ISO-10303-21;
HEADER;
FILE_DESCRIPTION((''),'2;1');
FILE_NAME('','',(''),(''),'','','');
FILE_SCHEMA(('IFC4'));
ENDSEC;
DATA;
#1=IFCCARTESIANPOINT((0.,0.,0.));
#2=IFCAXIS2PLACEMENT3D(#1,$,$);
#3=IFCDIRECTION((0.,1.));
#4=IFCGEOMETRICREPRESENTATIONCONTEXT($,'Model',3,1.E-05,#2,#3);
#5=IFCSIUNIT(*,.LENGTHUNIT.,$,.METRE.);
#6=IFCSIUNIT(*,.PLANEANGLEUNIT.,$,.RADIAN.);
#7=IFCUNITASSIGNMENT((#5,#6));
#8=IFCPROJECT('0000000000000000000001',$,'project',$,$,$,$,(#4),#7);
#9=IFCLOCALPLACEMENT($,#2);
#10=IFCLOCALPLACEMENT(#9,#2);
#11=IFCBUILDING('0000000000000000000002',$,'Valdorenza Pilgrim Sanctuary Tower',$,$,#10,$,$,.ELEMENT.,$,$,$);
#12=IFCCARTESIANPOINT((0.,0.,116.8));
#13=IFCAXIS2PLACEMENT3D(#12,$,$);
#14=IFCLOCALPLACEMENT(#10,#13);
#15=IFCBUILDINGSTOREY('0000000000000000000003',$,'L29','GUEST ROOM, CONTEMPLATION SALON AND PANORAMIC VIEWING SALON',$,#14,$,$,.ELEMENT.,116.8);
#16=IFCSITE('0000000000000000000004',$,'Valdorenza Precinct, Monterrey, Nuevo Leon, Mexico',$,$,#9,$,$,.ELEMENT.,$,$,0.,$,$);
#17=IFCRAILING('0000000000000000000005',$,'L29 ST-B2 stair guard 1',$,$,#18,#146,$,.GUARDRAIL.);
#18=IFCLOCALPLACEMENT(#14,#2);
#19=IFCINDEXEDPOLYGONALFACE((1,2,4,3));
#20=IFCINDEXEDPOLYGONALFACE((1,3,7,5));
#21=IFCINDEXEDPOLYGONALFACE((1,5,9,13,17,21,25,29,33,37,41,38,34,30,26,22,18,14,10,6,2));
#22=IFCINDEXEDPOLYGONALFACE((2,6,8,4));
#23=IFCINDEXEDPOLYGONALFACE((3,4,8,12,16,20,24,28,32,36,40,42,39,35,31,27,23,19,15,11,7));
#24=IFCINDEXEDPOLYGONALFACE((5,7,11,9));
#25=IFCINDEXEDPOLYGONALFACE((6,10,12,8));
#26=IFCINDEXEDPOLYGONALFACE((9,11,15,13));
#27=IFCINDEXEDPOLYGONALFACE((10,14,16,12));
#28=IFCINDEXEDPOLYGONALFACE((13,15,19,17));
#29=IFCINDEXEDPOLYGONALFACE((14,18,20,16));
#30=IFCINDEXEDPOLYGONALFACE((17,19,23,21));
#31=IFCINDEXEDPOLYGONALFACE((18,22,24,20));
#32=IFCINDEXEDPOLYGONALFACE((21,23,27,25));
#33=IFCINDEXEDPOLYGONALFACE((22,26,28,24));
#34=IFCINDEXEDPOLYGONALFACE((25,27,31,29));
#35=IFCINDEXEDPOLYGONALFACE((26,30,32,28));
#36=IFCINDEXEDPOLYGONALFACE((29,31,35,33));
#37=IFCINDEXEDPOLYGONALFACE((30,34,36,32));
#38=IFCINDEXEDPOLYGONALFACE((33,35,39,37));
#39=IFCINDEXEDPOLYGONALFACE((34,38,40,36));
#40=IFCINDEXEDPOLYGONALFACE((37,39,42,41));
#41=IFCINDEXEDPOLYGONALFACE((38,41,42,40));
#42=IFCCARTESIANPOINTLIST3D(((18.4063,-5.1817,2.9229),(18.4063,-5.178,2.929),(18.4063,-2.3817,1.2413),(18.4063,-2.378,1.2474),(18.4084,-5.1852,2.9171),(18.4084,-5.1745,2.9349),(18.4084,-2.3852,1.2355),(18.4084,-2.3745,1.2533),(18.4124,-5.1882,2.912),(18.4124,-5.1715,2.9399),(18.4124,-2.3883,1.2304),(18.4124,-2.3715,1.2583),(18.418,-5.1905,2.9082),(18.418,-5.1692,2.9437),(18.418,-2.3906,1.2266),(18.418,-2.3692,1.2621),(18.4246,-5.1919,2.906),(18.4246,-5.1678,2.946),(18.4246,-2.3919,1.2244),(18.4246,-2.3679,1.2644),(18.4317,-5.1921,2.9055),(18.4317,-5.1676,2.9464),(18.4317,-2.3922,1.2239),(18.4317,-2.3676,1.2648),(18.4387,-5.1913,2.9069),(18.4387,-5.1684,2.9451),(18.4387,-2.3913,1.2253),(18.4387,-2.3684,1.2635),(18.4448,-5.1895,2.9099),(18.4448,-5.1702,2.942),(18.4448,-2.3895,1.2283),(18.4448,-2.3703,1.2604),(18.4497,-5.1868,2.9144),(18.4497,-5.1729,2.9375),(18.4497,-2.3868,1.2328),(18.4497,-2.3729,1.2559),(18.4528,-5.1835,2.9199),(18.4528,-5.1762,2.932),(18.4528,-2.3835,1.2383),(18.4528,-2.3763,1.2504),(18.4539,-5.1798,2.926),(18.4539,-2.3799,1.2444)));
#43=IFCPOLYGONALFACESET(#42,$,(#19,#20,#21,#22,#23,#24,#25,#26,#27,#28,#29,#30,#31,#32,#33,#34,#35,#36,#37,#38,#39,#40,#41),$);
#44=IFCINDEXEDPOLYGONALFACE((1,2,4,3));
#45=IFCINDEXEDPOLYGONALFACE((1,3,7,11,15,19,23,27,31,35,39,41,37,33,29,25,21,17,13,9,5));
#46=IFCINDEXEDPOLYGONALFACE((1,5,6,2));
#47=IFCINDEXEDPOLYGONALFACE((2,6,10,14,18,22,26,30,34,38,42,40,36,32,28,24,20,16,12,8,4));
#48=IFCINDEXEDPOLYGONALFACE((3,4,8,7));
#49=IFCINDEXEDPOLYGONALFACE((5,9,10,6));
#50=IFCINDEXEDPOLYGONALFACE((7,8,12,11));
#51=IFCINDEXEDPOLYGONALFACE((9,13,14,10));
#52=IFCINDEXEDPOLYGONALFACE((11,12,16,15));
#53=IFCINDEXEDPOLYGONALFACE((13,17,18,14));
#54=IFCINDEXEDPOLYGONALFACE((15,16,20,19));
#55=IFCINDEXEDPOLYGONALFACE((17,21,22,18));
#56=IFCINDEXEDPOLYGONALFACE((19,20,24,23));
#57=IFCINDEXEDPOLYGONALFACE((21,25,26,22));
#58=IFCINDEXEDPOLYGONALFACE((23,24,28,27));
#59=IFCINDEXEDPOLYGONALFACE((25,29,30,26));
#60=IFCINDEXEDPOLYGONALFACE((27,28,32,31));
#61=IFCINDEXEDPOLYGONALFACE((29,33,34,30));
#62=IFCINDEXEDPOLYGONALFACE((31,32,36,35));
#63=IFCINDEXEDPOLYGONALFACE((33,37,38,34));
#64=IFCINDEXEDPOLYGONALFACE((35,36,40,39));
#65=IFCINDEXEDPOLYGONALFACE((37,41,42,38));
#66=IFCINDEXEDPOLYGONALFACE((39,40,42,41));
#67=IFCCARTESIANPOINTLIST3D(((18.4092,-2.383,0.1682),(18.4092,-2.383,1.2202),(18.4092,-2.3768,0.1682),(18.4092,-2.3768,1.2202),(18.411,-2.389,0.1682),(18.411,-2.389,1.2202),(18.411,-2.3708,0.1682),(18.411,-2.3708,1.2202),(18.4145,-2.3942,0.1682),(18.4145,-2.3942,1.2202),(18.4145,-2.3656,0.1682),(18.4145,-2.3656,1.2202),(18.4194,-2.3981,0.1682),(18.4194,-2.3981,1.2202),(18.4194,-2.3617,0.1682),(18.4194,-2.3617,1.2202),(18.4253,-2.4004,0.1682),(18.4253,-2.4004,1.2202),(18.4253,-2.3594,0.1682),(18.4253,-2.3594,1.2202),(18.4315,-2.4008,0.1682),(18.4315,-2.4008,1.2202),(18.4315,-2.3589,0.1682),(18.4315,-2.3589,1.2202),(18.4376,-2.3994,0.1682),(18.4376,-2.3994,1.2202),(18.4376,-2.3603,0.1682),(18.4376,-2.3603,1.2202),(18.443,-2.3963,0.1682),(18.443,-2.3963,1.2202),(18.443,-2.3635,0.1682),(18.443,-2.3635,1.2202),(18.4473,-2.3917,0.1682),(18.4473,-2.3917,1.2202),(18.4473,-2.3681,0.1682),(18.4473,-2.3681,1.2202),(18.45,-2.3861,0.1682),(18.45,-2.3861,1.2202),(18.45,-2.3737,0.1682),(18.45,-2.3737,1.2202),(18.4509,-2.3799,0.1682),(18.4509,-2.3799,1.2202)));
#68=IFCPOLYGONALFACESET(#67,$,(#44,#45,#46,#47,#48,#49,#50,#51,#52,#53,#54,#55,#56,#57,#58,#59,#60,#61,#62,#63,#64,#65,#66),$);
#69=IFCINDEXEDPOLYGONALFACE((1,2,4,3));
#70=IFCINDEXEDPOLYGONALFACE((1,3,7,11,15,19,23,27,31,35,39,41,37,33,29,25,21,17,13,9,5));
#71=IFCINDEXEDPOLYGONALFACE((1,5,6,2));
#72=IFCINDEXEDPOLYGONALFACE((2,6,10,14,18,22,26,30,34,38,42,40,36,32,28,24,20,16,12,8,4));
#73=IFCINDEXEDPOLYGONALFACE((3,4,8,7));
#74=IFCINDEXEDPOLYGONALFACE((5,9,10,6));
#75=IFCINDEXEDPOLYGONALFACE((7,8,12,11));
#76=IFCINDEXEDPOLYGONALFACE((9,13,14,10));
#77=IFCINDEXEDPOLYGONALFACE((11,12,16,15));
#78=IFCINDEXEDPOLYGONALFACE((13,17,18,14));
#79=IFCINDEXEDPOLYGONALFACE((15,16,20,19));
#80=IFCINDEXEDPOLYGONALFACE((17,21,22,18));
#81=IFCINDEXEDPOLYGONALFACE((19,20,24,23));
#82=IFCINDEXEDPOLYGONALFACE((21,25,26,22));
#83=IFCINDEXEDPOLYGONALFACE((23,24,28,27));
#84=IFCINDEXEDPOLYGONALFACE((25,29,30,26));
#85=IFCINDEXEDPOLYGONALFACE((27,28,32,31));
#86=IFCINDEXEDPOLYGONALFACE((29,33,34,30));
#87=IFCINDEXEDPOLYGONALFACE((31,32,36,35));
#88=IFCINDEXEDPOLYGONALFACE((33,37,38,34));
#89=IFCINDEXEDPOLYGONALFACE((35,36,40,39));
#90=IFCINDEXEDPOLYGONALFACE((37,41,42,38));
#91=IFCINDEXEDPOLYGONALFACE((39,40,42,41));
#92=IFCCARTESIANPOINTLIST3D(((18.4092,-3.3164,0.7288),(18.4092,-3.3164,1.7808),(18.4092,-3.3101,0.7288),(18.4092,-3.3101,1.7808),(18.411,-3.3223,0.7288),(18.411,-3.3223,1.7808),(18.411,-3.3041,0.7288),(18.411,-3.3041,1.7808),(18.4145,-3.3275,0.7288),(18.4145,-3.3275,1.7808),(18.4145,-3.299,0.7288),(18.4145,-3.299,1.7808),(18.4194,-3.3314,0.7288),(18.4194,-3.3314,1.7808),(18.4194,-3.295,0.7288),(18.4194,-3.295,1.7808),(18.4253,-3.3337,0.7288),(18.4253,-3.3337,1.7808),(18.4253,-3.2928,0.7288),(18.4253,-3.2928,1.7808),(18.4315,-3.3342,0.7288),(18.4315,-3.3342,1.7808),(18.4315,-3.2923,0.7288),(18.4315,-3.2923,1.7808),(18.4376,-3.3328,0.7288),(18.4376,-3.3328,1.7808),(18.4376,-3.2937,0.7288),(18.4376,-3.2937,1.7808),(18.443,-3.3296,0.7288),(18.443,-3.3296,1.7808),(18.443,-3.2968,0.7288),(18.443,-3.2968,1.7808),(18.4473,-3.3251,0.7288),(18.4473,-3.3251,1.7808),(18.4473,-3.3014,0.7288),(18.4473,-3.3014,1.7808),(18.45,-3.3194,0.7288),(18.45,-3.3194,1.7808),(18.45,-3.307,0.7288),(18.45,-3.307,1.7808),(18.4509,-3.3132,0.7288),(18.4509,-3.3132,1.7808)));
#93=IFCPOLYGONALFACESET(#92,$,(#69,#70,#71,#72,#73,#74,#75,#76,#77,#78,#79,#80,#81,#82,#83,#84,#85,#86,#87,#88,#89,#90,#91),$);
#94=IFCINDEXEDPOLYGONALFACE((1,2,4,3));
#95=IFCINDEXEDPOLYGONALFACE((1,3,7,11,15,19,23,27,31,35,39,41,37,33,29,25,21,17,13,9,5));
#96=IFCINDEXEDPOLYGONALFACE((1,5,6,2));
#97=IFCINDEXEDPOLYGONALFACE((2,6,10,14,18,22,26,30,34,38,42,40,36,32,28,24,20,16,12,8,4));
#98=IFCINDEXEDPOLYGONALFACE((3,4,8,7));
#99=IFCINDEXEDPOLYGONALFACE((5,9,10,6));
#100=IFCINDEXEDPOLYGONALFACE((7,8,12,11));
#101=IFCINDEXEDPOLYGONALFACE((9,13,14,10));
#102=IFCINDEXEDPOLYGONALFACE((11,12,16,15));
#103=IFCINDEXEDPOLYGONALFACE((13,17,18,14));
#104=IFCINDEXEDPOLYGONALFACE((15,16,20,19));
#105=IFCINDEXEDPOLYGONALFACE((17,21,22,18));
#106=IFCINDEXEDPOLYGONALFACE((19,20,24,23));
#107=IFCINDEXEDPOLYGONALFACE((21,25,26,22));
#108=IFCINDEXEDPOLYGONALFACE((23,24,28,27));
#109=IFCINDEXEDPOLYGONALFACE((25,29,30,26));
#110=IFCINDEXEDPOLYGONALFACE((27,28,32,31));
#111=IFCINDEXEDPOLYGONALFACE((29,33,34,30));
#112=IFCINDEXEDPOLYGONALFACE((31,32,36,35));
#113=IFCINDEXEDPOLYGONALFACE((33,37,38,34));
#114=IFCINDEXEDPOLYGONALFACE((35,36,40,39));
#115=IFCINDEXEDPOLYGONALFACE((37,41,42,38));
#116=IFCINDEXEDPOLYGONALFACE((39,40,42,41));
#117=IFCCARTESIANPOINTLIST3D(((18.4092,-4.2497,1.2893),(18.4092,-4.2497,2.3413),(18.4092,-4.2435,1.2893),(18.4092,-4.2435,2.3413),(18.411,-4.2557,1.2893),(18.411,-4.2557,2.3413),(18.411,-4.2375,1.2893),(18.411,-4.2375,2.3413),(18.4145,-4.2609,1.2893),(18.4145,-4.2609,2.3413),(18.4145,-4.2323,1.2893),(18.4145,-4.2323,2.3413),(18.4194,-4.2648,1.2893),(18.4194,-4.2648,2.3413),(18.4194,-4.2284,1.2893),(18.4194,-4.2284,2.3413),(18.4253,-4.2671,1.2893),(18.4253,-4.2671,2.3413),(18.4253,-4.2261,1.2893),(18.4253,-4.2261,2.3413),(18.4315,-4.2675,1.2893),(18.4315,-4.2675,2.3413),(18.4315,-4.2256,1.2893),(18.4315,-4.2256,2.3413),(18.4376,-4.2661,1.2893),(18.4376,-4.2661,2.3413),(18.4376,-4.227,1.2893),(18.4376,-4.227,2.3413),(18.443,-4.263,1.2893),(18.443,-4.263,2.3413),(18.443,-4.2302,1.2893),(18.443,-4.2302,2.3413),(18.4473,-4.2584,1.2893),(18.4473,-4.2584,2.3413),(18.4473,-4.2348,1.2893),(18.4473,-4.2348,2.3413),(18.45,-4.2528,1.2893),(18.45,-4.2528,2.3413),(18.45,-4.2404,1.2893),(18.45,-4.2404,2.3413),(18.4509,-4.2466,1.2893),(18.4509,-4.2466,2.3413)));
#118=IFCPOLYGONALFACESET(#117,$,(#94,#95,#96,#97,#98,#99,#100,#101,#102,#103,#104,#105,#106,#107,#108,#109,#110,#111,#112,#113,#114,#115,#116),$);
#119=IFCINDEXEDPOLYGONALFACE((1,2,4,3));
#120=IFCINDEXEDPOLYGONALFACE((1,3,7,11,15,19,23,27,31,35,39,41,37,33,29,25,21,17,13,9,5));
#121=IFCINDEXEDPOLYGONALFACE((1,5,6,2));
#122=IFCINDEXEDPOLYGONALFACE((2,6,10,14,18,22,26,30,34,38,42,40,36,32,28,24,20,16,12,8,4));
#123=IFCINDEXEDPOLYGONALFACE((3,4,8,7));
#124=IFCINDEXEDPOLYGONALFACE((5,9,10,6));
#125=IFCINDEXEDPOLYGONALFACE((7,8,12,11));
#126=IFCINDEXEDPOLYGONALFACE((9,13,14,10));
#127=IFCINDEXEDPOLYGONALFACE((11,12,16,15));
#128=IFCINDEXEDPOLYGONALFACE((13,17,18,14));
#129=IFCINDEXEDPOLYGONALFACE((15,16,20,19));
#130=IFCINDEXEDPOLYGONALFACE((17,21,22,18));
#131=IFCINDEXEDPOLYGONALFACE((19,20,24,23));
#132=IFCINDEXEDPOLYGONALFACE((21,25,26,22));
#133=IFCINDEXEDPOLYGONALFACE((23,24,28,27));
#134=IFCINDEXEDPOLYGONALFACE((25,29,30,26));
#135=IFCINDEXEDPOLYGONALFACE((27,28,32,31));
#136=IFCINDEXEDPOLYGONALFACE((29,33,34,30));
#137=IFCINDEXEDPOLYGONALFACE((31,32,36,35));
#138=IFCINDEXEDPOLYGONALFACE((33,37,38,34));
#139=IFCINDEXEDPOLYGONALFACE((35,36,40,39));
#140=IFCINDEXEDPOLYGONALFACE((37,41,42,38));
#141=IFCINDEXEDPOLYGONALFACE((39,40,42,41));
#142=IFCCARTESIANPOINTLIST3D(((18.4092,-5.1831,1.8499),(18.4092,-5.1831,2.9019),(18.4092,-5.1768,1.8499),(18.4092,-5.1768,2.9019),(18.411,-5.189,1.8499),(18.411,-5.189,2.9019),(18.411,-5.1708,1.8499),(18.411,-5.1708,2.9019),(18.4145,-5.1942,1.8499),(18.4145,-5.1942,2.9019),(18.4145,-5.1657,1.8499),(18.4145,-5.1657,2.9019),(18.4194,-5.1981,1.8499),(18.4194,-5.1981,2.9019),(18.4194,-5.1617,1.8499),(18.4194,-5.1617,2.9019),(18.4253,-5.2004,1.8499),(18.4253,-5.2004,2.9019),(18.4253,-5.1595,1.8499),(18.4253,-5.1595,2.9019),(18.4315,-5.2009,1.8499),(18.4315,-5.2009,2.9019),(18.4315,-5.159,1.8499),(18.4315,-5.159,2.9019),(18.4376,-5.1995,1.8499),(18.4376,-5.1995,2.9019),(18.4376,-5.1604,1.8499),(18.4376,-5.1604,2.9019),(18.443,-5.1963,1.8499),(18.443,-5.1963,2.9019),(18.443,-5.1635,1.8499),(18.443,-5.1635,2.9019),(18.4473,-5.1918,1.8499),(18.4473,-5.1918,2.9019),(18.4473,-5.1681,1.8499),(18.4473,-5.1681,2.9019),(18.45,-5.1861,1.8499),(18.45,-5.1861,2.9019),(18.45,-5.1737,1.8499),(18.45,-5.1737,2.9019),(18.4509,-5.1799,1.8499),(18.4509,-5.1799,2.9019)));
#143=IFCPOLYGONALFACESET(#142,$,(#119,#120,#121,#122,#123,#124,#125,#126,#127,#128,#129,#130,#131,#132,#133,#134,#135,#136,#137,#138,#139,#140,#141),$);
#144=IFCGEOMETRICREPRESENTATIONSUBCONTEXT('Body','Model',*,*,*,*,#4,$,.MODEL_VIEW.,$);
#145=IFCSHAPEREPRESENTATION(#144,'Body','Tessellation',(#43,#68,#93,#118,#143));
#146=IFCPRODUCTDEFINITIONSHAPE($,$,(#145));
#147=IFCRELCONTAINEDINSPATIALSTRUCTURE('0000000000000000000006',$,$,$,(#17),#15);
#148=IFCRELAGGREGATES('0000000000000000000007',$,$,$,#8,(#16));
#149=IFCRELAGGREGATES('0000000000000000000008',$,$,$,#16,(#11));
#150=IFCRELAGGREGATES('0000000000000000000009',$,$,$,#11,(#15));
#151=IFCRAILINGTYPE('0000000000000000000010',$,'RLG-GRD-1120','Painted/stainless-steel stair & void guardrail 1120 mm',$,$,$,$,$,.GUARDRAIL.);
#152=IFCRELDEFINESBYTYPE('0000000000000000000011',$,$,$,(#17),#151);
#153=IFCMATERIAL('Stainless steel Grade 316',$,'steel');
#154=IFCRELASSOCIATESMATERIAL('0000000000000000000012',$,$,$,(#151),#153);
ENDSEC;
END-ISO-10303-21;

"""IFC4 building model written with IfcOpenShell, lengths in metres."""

from ifc_helpers import new_model, si_unit, direction, frame, origin, origin_2d, place, context, subcontext, project, spatial, circle, extrude, material, type_object, element, save


model = new_model("IFC4")

# Units and contexts
model_context = context("Model", 3, precision=1e-05, world=origin(), true_north=direction((0.0, 1.0)))
body_context = subcontext(model_context, "Body", "Model", "MODEL_VIEW")
ifc_project = project(units=[si_unit("LENGTHUNIT", "METRE"), si_unit("PLANEANGLEUNIT", "RADIAN")], contexts=[model_context])

# Site, building, storey
site_placement = place(None, origin())
site = spatial("IfcSite", under=ifc_project, at=site_placement, Name="Valdorenza Precinct, Monterrey, Nuevo Leon, Mexico", CompositionType="ELEMENT", RefElevation=0.0)
building_placement = place(site_placement, origin())
building = spatial("IfcBuilding", under=site, at=building_placement, Name="Valdorenza Pilgrim Sanctuary Tower", CompositionType="ELEMENT")
storey_placement = place(building_placement, frame((0.0, 0.0, 116.8)))
storey = spatial("IfcBuildingStorey", under=building, at=storey_placement, Name="L29", Description="GUEST ROOM, CONTEMPLATION SALON AND PANORAMIC VIEWING SALON", CompositionType="ELEMENT", Elevation=116.8)

# Railing
ifc_material_1 = material(Name="Stainless steel Grade 316", Category="steel")
railing_type_1 = type_object("IfcRailingType", Name="RLG-GRD-1120", Description="Painted/stainless-steel stair & void guardrail 1120 mm", PredefinedType="GUARDRAIL", material=ifc_material_1)
railing_1_placement = place(storey_placement, frame((18.4299, -2.3799, 0.1682)))
element("IfcRailing", 1, at=railing_1_placement, inside=storey, type_object=railing_type_1, Name="L29 ST-B2 stair guard 1", PredefinedType="GUARDRAIL", context=body_context, shape_type="SweptSolid", body=[
    extrude(circle(Radius=0.0239, at=origin_2d()), frame((0.0, 0.0, 1.0762), z_axis=(0.0, -0.857275, 0.514858), x_axis=(1.0, 0.0, 0.0)), (0.0, 0.0, 1.0), 3.2661),
    extrude(circle(Radius=0.021, at=origin_2d()), origin(), (0.0, 0.0, 1.0), 1.052),
    extrude(circle(Radius=0.021, at=origin_2d()), frame((0.0, -0.9333, 0.5605)), (0.0, 0.0, 1.0), 1.052),
    extrude(circle(Radius=0.021, at=origin_2d()), frame((0.0, -1.8667, 1.1211)), (0.0, 0.0, 1.0), 1.052),
    extrude(circle(Radius=0.021, at=origin_2d()), frame((0.0, -2.8, 1.6816)), (0.0, 0.0, 1.0), 1.052),
])

save(model, "model.ifc")
